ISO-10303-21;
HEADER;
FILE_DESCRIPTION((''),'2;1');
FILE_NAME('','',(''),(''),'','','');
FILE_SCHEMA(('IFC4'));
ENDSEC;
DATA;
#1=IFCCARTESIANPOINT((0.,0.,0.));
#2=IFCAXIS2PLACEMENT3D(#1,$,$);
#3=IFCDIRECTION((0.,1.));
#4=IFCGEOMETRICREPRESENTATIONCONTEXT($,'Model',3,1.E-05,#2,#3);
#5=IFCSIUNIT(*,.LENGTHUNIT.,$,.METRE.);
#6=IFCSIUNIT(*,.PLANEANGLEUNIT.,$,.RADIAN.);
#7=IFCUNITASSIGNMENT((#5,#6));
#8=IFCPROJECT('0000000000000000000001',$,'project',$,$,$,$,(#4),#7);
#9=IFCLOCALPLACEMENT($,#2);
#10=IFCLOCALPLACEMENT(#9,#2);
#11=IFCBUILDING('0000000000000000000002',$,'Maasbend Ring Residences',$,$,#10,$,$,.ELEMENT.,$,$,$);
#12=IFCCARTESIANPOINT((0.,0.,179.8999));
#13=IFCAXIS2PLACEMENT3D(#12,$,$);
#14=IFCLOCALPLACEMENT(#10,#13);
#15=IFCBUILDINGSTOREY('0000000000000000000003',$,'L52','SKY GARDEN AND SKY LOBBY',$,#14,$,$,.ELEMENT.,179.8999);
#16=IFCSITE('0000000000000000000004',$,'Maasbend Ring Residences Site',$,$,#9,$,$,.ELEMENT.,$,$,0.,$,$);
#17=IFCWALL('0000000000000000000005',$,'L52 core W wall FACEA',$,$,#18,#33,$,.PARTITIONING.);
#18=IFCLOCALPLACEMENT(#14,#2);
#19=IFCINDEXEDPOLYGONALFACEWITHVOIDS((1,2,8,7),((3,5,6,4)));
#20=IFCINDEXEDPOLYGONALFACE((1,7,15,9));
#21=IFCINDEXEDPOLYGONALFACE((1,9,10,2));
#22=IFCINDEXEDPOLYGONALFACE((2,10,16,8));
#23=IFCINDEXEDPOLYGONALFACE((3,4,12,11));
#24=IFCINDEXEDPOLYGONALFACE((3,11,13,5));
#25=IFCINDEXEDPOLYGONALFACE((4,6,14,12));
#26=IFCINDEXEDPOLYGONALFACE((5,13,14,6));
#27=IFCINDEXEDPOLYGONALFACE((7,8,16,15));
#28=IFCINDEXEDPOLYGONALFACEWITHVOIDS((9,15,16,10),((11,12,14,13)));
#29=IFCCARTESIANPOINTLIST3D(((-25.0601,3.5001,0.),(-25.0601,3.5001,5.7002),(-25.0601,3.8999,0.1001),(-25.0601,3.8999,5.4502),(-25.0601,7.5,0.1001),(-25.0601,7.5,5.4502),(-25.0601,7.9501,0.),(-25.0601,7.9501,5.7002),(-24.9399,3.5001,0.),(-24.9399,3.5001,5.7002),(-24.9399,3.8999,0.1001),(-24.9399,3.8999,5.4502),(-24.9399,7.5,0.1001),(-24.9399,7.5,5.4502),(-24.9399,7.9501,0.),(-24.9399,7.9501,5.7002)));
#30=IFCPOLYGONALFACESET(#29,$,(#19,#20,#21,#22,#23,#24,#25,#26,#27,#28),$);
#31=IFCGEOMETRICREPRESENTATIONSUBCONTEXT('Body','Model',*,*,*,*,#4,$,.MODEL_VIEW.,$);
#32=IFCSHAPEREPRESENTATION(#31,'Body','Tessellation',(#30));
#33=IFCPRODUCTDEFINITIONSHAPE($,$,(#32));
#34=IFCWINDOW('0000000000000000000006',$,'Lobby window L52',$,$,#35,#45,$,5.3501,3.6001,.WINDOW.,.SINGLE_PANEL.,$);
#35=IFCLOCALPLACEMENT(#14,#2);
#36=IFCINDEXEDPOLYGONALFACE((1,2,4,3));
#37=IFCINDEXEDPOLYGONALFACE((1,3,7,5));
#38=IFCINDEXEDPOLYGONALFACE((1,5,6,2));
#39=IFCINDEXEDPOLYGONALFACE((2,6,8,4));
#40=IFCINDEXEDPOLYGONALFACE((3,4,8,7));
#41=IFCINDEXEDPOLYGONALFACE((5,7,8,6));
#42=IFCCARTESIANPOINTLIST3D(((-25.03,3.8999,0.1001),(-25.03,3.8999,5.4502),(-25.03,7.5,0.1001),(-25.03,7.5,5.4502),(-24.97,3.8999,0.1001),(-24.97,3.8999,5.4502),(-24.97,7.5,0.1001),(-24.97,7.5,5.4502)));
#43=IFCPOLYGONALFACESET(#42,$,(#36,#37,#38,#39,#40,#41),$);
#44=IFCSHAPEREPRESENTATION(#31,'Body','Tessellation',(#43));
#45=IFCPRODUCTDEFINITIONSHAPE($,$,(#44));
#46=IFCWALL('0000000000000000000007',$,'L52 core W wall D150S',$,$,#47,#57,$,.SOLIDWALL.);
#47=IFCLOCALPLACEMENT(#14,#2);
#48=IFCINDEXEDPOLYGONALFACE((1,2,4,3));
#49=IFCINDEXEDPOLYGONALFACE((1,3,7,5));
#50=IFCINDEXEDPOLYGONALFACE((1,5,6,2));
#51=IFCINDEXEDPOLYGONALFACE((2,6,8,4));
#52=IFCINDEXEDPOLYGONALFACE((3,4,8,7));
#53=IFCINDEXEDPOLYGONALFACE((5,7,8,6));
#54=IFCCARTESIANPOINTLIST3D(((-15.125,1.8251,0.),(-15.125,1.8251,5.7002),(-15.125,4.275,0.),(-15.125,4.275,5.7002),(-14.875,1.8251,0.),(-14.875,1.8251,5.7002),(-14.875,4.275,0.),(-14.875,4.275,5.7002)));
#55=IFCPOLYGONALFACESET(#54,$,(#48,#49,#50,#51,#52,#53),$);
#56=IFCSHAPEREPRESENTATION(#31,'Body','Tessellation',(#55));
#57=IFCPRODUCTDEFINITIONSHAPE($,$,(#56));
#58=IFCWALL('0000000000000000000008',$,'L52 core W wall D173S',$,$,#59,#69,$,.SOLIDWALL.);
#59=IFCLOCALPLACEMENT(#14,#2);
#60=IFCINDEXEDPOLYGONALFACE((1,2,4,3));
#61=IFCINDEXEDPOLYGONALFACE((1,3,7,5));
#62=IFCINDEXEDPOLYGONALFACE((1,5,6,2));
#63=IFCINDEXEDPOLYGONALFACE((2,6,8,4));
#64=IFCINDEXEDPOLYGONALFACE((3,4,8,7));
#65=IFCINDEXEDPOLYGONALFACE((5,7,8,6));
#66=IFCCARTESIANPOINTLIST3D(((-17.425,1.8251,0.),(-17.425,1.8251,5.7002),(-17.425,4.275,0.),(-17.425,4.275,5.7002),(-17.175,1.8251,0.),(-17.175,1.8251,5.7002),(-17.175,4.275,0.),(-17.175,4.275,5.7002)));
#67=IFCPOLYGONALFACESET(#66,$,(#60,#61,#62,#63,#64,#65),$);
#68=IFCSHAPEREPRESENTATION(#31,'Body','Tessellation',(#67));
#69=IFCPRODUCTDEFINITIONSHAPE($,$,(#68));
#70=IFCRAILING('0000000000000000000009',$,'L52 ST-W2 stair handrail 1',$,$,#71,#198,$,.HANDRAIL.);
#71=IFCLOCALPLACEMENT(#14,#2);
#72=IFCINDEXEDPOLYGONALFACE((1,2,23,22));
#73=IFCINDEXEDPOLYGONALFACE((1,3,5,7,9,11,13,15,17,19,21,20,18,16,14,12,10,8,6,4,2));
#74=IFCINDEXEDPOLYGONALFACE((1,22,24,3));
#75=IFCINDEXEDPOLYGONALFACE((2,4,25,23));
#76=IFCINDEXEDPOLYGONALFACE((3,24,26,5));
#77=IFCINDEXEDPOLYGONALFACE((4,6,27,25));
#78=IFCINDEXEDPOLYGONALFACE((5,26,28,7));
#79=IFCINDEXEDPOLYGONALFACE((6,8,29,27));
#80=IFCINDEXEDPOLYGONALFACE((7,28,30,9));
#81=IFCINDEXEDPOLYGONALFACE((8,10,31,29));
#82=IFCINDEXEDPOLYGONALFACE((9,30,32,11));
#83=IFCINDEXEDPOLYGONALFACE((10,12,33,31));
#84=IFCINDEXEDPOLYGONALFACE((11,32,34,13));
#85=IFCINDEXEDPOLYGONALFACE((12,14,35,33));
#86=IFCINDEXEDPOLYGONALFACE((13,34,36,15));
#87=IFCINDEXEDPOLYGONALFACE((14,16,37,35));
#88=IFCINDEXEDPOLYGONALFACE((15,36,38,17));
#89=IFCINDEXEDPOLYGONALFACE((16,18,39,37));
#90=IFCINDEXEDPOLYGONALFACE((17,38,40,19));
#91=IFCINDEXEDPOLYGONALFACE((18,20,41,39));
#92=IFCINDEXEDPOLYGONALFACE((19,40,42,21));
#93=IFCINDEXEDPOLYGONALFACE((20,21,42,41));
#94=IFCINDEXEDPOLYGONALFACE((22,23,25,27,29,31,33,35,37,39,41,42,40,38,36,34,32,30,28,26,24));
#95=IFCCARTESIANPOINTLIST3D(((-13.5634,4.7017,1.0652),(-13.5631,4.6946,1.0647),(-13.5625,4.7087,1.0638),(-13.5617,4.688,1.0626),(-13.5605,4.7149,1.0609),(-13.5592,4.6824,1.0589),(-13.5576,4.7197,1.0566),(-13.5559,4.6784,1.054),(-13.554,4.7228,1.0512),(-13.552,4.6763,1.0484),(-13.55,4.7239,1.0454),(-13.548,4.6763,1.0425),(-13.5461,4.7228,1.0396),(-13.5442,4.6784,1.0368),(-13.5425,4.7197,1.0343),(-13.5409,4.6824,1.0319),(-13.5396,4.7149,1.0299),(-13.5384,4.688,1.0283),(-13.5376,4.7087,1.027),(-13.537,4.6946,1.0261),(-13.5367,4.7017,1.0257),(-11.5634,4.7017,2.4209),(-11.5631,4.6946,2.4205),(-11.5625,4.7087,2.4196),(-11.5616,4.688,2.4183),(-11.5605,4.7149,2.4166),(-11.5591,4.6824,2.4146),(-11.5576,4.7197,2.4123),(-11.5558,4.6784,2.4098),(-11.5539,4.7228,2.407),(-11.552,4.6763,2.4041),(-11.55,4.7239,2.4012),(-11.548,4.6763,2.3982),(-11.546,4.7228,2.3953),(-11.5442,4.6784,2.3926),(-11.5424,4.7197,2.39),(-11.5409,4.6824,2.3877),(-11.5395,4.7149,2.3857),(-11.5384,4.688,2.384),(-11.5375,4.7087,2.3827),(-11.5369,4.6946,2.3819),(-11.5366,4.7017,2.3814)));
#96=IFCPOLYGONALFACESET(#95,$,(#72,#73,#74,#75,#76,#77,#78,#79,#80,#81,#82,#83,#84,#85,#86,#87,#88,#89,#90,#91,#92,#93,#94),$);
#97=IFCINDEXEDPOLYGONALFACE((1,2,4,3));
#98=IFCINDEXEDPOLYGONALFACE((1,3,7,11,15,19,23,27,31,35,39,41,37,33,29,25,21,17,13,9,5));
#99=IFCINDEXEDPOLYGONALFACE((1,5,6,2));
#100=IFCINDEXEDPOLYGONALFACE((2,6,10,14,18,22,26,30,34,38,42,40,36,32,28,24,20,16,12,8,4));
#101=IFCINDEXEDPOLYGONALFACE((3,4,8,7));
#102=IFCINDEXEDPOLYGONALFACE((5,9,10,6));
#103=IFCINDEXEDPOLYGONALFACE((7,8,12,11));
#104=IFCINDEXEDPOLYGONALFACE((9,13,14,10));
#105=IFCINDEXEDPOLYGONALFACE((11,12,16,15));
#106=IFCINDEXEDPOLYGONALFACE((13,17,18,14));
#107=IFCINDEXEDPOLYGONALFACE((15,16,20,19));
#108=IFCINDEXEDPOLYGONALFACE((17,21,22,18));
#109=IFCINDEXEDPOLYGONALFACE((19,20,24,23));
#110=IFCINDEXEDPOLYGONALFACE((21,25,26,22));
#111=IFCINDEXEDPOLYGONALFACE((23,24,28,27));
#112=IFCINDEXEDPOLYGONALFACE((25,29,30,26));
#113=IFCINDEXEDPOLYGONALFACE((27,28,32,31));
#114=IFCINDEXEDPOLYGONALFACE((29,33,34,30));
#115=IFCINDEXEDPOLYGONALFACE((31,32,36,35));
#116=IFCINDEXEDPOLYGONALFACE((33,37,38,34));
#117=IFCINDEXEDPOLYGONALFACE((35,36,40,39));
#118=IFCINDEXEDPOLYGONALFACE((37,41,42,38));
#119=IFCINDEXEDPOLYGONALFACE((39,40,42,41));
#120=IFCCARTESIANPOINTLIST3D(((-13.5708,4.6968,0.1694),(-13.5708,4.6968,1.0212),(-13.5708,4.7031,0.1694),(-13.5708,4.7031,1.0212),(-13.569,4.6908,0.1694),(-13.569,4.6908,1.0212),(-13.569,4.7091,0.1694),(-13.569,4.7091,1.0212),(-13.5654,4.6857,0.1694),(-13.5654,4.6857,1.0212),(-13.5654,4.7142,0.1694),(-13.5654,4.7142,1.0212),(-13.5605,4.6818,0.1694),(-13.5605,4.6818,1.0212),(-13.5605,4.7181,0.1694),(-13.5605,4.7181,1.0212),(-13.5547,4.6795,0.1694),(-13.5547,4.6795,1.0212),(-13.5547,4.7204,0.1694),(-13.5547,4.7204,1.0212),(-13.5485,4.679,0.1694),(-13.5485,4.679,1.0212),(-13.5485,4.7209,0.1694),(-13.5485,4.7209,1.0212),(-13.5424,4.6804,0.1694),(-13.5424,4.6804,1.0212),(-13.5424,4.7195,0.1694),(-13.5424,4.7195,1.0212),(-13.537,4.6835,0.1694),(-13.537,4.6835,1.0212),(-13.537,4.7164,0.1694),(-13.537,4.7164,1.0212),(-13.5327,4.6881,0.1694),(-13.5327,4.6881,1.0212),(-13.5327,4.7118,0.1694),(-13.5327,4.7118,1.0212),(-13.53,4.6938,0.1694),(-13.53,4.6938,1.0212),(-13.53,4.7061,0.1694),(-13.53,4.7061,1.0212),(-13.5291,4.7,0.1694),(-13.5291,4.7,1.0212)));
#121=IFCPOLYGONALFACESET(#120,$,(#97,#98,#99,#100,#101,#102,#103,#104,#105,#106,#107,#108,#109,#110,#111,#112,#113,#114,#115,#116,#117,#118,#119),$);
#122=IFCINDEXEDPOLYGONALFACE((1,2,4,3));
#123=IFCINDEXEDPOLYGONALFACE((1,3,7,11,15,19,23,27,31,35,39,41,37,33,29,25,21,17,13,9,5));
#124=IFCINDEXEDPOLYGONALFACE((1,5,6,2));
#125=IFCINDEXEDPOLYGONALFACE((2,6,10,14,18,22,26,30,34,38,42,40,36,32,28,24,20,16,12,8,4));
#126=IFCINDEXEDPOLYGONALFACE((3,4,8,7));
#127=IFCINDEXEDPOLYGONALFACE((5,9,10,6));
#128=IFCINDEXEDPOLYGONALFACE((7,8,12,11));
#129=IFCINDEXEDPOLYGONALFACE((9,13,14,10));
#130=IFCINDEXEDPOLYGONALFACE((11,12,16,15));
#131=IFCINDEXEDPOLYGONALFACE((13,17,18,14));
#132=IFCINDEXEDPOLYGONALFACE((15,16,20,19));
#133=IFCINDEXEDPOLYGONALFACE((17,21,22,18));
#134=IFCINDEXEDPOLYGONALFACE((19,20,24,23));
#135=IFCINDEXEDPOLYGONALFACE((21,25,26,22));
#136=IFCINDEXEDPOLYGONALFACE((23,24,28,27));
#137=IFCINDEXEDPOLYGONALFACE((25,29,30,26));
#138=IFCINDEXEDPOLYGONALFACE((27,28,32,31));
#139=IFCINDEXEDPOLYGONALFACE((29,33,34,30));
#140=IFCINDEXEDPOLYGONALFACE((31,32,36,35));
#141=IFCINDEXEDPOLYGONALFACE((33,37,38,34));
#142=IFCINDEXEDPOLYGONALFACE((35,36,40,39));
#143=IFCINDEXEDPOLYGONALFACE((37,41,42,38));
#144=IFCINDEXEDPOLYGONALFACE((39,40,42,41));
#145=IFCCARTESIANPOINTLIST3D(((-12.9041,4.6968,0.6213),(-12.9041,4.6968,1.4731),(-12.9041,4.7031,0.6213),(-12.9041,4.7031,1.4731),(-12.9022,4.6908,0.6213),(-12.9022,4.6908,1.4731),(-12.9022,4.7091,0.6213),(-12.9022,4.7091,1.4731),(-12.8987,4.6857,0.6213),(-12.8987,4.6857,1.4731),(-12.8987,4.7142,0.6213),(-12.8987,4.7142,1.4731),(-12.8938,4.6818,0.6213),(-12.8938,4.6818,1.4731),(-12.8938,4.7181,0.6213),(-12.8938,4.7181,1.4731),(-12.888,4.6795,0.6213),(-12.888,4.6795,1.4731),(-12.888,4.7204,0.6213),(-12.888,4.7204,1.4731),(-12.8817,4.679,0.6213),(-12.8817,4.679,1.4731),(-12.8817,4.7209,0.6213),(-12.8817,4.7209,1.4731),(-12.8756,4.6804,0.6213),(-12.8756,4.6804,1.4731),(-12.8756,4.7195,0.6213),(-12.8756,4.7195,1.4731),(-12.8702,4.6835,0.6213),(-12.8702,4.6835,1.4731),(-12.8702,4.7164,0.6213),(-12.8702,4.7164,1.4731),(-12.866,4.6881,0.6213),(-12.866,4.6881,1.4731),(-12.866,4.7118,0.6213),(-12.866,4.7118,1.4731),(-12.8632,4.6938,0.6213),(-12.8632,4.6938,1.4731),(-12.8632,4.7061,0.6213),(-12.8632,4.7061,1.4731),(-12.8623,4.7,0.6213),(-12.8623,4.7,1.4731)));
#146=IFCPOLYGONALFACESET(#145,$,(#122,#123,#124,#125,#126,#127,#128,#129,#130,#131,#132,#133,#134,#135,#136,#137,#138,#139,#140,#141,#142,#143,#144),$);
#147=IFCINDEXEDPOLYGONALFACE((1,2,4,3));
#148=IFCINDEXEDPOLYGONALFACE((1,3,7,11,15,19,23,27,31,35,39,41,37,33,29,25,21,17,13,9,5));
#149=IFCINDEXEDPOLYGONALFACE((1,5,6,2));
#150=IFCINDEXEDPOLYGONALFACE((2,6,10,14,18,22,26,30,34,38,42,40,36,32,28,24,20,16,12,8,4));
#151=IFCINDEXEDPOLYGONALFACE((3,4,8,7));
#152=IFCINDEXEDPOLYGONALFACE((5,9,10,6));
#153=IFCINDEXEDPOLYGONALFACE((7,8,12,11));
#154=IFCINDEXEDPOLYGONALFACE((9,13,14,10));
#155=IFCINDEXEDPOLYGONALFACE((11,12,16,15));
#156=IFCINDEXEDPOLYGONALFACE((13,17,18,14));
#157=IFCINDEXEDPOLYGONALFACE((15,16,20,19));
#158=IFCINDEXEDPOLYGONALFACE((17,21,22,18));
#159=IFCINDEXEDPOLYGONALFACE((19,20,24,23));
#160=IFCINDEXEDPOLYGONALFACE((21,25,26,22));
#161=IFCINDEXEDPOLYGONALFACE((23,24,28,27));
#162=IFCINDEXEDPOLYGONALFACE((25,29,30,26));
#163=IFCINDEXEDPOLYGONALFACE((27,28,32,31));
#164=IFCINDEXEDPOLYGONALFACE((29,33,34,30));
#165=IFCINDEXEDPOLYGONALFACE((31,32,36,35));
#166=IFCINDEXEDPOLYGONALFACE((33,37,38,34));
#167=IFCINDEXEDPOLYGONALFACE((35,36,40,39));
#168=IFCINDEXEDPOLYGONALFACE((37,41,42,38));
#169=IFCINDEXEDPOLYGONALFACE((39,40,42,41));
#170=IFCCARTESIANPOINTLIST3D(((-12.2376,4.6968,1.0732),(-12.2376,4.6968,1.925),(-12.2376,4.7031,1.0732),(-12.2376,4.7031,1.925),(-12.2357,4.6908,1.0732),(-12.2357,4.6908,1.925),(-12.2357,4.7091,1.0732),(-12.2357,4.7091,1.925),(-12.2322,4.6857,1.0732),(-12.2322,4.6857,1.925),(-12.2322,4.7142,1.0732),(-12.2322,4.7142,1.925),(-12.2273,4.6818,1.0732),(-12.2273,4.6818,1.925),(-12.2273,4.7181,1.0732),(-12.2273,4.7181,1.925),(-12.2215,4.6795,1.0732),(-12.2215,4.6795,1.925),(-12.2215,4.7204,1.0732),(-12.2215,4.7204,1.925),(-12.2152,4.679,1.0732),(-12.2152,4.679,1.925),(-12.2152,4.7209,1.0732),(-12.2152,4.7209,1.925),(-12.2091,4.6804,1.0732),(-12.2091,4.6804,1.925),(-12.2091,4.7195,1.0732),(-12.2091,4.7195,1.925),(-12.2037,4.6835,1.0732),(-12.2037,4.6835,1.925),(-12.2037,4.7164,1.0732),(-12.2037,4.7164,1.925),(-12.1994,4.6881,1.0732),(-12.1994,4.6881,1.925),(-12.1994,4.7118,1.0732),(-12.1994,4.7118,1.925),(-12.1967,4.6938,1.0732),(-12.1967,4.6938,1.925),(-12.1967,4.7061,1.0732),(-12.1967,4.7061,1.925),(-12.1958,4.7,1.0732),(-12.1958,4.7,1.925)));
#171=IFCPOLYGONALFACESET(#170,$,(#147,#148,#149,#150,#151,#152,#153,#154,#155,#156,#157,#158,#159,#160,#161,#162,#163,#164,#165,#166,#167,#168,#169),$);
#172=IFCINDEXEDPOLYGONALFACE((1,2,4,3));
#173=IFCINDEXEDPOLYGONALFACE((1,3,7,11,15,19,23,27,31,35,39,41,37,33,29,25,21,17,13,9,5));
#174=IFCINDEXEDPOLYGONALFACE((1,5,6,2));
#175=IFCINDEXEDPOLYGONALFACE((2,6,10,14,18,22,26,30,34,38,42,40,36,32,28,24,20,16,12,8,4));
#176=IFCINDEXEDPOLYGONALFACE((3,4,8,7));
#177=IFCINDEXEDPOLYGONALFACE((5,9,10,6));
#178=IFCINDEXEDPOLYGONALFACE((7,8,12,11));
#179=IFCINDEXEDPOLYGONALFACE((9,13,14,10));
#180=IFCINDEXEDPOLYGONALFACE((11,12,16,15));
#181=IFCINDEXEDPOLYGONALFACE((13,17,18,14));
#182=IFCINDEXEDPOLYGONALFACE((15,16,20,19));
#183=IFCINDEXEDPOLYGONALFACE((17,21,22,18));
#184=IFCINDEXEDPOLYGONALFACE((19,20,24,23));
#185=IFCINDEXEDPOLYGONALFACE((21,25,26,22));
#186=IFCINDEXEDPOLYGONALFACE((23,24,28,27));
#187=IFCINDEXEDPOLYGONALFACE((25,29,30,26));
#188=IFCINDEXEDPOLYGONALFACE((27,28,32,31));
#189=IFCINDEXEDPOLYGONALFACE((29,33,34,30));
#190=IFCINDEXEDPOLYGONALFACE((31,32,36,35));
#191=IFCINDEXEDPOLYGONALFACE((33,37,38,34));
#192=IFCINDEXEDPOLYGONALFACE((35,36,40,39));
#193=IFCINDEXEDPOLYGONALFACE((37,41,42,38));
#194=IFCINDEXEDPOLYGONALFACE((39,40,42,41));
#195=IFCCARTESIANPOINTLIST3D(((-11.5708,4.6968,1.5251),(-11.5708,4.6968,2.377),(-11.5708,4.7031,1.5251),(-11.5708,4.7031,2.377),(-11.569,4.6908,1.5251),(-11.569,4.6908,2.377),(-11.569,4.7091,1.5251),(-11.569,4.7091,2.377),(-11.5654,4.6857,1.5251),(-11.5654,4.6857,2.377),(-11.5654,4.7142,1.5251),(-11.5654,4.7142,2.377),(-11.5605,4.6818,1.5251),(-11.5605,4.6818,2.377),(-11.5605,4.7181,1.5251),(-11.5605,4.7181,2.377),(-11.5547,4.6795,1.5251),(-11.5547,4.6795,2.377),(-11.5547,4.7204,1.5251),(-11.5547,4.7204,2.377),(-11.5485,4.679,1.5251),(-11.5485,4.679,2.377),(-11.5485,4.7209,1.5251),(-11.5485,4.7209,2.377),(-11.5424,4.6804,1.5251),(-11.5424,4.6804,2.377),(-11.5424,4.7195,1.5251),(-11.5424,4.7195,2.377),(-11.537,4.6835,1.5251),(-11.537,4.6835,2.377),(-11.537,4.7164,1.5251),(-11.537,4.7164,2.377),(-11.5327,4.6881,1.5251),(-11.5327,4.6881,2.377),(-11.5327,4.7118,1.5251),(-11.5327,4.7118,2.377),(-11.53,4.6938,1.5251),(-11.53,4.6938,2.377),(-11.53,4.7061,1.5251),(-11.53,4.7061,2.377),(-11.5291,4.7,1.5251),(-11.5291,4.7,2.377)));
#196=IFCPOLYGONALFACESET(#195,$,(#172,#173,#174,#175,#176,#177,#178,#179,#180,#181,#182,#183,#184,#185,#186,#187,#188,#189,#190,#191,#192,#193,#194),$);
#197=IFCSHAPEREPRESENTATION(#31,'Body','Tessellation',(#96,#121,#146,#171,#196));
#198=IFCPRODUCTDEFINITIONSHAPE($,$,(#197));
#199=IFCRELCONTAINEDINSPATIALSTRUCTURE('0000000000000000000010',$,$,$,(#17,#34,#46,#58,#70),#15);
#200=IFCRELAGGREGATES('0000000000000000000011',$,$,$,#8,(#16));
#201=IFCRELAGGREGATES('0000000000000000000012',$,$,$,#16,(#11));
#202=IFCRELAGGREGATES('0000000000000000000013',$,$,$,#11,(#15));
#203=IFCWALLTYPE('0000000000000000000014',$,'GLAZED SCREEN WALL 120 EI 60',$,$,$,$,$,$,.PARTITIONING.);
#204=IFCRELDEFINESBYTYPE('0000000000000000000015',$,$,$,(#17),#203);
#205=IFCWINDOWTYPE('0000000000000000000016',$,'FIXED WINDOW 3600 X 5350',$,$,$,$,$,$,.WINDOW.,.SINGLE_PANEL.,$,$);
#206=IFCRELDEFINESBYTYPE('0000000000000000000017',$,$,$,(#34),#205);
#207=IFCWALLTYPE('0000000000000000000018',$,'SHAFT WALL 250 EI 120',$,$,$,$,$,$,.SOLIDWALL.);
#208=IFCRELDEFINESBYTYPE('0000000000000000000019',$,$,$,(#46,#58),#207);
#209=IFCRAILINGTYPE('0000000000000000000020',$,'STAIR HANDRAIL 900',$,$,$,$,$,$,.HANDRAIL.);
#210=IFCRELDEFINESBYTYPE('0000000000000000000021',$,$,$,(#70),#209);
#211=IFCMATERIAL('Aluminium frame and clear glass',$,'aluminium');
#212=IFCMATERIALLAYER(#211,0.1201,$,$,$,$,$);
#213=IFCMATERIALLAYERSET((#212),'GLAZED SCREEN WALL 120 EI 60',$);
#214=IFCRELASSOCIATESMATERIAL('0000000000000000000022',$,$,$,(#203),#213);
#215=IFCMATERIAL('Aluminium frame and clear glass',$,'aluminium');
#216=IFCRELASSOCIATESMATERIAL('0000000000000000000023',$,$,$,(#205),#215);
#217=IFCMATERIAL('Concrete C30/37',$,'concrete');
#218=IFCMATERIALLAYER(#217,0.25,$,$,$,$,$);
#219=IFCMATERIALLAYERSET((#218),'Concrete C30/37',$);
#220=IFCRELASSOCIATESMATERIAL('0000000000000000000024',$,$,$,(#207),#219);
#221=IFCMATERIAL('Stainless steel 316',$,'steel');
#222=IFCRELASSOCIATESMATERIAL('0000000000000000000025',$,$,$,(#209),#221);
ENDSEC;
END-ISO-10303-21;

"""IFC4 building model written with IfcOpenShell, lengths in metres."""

from ifc_helpers import new_model, si_unit, direction, frame, frame_2d, origin, origin_2d, place, context, subcontext, project, spatial, rectangle, circle, extrude, material, layer, layer_set, type_object, element, fill, save


model = new_model("IFC4")

# Units and contexts
model_context = context("Model", 3, precision=1e-05, world=origin(), true_north=direction((0.0, 1.0)))
body_context = subcontext(model_context, "Body", "Model", "MODEL_VIEW")
ifc_project = project(units=[si_unit("LENGTHUNIT", "METRE"), si_unit("PLANEANGLEUNIT", "RADIAN")], contexts=[model_context])

# Site, building, storey
site_placement = place(None, origin())
site = spatial("IfcSite", under=ifc_project, at=site_placement, Name="Maasbend Ring Residences Site", CompositionType="ELEMENT", RefElevation=0.0)
building_placement = place(site_placement, origin())
building = spatial("IfcBuilding", under=site, at=building_placement, Name="Maasbend Ring Residences", CompositionType="ELEMENT")
storey_placement = place(building_placement, frame((0.0, 0.0, 179.8999)))
storey = spatial("IfcBuildingStorey", under=building, at=storey_placement, Name="L52", Description="SKY GARDEN AND SKY LOBBY", CompositionType="ELEMENT", Elevation=179.8999)

# Wall, opening, window
ifc_material_1 = material(Name="Aluminium frame and clear glass", Category="aluminium")
ifc_layer_1 = layer(ifc_material_1, 0.1201)
ifc_layer_set_1 = layer_set([ifc_layer_1], Name="GLAZED SCREEN WALL 120 EI 60")
wall_type_1 = type_object("IfcWallType", Name="GLAZED SCREEN WALL 120 EI 60", PredefinedType="PARTITIONING", material=ifc_layer_set_1)
wall_placement = place(storey_placement, frame((-25.0, 3.5, 0.0), z_axis=(0.0, 0.0, 1.0), x_axis=(0.0, 1.0, 0.0)))
wall = element("IfcWall", 1, at=wall_placement, inside=storey, type_object=wall_type_1, Name="L52 core W wall FACEA", PredefinedType="PARTITIONING", context=body_context, shape_type="SweptSolid", body=[
    extrude(rectangle(XDim=4.45, YDim=0.1201, at=frame_2d((2.2251, 0.0))), origin(), (0.0, 0.0, 1.0), 5.7002),
])
opening_placement = place(wall_placement, frame((0.3999, 0.0, 0.1001)))
opening = element("IfcOpeningElement", 2, at=opening_placement, cuts=wall, PredefinedType="OPENING", context=body_context, shape_type="SweptSolid", body=[
    extrude(rectangle(XDim=3.6001, YDim=5.3501, at=frame_2d((1.8, 2.675))), frame((0.0, 0.0701, 0.0), z_axis=(0.0, -1.0, 0.0), x_axis=(1.0, 0.0, 0.0)), (0.0, 0.0, 1.0), 0.1401),
])
ifc_material_2 = material(Name="Aluminium frame and clear glass", Category="aluminium")
window_type = type_object("IfcWindowType", Name="FIXED WINDOW 3600 X 5350", PartitioningType="SINGLE_PANEL", PredefinedType="WINDOW", material=ifc_material_2)
window_placement = place(opening_placement, origin())
window = element("IfcWindow", 3, at=window_placement, inside=storey, type_object=window_type, Name="Lobby window L52", OverallHeight=5.3501, OverallWidth=3.6001, PartitioningType="SINGLE_PANEL", PredefinedType="WINDOW", context=body_context, shape_type="SweptSolid", body=[
    extrude(rectangle(XDim=3.6001, YDim=5.3501, at=frame_2d((1.8, 2.675))), frame((0.0, 0.03, 0.0), z_axis=(0.0, -1.0, 0.0), x_axis=(1.0, 0.0, 0.0)), (0.0, 0.0, 1.0), 0.0601),
])
fill(opening, window)

# Walls
ifc_material_3 = material(Name="Concrete C30/37", Category="concrete")
ifc_layer_2 = layer(ifc_material_3, 0.25)
ifc_layer_set_2 = layer_set([ifc_layer_2], Name="Concrete C30/37")
wall_type_2 = type_object("IfcWallType", Name="SHAFT WALL 250 EI 120", PredefinedType="SOLIDWALL", material=ifc_layer_set_2)
for number, where, z_axis, x_axis, name in (
    (4, (-15.0, 1.825, 0.0), (0.0, 0.0, 1.0), (0.0, 1.0, 0.0), "L52 core W wall D150S"),
    (5, (-17.3, 1.825, 0.0), (0.0, 0.0, 1.0), (0.0, 1.0, 0.0), "L52 core W wall D173S"),
):
    element("IfcWall", number, at=place(storey_placement, frame(where, z_axis=z_axis, x_axis=x_axis)), inside=storey, type_object=wall_type_2, Name=name, PredefinedType="SOLIDWALL", context=body_context, shape_type="SweptSolid", body=[
        extrude(rectangle(XDim=2.45, YDim=0.25, at=frame_2d((1.2251, 0.0))), origin(), (0.0, 0.0, 1.0), 5.7002),
    ])

# Railing
ifc_material_4 = material(Name="Stainless steel 316", Category="steel")
railing_type = type_object("IfcRailingType", Name="STAIR HANDRAIL 900", PredefinedType="HANDRAIL", material=ifc_material_4)
railing_placement = place(storey_placement, frame((-13.55, 4.7, 0.1694)))
element("IfcRailing", 6, at=railing_placement, inside=storey, type_object=railing_type, Name="L52 ST-W2 stair handrail 1", PredefinedType="HANDRAIL", context=body_context, shape_type="SweptSolid", body=[
    extrude(circle(Radius=0.0239, at=origin_2d()), frame((0.0, 0.0, 0.876), z_axis=(0.827751, 0.0, 0.561096), x_axis=(0.0, 1.0, 0.0)), (0.0, 0.0, 1.0), 2.4163),
    extrude(circle(Radius=0.021, at=origin_2d()), origin(), (0.0, 0.0, 1.0), 0.8518),
    extrude(circle(Radius=0.021, at=origin_2d()), frame((0.6667, 0.0, 0.4519)), (0.0, 0.0, 1.0), 0.8518),
    extrude(circle(Radius=0.021, at=origin_2d()), frame((1.3333, 0.0, 0.9038)), (0.0, 0.0, 1.0), 0.8518),
    extrude(circle(Radius=0.021, at=origin_2d()), frame((2.0, 0.0, 1.3557)), (0.0, 0.0, 1.0), 0.8518),
])

save(model, "model.ifc")
